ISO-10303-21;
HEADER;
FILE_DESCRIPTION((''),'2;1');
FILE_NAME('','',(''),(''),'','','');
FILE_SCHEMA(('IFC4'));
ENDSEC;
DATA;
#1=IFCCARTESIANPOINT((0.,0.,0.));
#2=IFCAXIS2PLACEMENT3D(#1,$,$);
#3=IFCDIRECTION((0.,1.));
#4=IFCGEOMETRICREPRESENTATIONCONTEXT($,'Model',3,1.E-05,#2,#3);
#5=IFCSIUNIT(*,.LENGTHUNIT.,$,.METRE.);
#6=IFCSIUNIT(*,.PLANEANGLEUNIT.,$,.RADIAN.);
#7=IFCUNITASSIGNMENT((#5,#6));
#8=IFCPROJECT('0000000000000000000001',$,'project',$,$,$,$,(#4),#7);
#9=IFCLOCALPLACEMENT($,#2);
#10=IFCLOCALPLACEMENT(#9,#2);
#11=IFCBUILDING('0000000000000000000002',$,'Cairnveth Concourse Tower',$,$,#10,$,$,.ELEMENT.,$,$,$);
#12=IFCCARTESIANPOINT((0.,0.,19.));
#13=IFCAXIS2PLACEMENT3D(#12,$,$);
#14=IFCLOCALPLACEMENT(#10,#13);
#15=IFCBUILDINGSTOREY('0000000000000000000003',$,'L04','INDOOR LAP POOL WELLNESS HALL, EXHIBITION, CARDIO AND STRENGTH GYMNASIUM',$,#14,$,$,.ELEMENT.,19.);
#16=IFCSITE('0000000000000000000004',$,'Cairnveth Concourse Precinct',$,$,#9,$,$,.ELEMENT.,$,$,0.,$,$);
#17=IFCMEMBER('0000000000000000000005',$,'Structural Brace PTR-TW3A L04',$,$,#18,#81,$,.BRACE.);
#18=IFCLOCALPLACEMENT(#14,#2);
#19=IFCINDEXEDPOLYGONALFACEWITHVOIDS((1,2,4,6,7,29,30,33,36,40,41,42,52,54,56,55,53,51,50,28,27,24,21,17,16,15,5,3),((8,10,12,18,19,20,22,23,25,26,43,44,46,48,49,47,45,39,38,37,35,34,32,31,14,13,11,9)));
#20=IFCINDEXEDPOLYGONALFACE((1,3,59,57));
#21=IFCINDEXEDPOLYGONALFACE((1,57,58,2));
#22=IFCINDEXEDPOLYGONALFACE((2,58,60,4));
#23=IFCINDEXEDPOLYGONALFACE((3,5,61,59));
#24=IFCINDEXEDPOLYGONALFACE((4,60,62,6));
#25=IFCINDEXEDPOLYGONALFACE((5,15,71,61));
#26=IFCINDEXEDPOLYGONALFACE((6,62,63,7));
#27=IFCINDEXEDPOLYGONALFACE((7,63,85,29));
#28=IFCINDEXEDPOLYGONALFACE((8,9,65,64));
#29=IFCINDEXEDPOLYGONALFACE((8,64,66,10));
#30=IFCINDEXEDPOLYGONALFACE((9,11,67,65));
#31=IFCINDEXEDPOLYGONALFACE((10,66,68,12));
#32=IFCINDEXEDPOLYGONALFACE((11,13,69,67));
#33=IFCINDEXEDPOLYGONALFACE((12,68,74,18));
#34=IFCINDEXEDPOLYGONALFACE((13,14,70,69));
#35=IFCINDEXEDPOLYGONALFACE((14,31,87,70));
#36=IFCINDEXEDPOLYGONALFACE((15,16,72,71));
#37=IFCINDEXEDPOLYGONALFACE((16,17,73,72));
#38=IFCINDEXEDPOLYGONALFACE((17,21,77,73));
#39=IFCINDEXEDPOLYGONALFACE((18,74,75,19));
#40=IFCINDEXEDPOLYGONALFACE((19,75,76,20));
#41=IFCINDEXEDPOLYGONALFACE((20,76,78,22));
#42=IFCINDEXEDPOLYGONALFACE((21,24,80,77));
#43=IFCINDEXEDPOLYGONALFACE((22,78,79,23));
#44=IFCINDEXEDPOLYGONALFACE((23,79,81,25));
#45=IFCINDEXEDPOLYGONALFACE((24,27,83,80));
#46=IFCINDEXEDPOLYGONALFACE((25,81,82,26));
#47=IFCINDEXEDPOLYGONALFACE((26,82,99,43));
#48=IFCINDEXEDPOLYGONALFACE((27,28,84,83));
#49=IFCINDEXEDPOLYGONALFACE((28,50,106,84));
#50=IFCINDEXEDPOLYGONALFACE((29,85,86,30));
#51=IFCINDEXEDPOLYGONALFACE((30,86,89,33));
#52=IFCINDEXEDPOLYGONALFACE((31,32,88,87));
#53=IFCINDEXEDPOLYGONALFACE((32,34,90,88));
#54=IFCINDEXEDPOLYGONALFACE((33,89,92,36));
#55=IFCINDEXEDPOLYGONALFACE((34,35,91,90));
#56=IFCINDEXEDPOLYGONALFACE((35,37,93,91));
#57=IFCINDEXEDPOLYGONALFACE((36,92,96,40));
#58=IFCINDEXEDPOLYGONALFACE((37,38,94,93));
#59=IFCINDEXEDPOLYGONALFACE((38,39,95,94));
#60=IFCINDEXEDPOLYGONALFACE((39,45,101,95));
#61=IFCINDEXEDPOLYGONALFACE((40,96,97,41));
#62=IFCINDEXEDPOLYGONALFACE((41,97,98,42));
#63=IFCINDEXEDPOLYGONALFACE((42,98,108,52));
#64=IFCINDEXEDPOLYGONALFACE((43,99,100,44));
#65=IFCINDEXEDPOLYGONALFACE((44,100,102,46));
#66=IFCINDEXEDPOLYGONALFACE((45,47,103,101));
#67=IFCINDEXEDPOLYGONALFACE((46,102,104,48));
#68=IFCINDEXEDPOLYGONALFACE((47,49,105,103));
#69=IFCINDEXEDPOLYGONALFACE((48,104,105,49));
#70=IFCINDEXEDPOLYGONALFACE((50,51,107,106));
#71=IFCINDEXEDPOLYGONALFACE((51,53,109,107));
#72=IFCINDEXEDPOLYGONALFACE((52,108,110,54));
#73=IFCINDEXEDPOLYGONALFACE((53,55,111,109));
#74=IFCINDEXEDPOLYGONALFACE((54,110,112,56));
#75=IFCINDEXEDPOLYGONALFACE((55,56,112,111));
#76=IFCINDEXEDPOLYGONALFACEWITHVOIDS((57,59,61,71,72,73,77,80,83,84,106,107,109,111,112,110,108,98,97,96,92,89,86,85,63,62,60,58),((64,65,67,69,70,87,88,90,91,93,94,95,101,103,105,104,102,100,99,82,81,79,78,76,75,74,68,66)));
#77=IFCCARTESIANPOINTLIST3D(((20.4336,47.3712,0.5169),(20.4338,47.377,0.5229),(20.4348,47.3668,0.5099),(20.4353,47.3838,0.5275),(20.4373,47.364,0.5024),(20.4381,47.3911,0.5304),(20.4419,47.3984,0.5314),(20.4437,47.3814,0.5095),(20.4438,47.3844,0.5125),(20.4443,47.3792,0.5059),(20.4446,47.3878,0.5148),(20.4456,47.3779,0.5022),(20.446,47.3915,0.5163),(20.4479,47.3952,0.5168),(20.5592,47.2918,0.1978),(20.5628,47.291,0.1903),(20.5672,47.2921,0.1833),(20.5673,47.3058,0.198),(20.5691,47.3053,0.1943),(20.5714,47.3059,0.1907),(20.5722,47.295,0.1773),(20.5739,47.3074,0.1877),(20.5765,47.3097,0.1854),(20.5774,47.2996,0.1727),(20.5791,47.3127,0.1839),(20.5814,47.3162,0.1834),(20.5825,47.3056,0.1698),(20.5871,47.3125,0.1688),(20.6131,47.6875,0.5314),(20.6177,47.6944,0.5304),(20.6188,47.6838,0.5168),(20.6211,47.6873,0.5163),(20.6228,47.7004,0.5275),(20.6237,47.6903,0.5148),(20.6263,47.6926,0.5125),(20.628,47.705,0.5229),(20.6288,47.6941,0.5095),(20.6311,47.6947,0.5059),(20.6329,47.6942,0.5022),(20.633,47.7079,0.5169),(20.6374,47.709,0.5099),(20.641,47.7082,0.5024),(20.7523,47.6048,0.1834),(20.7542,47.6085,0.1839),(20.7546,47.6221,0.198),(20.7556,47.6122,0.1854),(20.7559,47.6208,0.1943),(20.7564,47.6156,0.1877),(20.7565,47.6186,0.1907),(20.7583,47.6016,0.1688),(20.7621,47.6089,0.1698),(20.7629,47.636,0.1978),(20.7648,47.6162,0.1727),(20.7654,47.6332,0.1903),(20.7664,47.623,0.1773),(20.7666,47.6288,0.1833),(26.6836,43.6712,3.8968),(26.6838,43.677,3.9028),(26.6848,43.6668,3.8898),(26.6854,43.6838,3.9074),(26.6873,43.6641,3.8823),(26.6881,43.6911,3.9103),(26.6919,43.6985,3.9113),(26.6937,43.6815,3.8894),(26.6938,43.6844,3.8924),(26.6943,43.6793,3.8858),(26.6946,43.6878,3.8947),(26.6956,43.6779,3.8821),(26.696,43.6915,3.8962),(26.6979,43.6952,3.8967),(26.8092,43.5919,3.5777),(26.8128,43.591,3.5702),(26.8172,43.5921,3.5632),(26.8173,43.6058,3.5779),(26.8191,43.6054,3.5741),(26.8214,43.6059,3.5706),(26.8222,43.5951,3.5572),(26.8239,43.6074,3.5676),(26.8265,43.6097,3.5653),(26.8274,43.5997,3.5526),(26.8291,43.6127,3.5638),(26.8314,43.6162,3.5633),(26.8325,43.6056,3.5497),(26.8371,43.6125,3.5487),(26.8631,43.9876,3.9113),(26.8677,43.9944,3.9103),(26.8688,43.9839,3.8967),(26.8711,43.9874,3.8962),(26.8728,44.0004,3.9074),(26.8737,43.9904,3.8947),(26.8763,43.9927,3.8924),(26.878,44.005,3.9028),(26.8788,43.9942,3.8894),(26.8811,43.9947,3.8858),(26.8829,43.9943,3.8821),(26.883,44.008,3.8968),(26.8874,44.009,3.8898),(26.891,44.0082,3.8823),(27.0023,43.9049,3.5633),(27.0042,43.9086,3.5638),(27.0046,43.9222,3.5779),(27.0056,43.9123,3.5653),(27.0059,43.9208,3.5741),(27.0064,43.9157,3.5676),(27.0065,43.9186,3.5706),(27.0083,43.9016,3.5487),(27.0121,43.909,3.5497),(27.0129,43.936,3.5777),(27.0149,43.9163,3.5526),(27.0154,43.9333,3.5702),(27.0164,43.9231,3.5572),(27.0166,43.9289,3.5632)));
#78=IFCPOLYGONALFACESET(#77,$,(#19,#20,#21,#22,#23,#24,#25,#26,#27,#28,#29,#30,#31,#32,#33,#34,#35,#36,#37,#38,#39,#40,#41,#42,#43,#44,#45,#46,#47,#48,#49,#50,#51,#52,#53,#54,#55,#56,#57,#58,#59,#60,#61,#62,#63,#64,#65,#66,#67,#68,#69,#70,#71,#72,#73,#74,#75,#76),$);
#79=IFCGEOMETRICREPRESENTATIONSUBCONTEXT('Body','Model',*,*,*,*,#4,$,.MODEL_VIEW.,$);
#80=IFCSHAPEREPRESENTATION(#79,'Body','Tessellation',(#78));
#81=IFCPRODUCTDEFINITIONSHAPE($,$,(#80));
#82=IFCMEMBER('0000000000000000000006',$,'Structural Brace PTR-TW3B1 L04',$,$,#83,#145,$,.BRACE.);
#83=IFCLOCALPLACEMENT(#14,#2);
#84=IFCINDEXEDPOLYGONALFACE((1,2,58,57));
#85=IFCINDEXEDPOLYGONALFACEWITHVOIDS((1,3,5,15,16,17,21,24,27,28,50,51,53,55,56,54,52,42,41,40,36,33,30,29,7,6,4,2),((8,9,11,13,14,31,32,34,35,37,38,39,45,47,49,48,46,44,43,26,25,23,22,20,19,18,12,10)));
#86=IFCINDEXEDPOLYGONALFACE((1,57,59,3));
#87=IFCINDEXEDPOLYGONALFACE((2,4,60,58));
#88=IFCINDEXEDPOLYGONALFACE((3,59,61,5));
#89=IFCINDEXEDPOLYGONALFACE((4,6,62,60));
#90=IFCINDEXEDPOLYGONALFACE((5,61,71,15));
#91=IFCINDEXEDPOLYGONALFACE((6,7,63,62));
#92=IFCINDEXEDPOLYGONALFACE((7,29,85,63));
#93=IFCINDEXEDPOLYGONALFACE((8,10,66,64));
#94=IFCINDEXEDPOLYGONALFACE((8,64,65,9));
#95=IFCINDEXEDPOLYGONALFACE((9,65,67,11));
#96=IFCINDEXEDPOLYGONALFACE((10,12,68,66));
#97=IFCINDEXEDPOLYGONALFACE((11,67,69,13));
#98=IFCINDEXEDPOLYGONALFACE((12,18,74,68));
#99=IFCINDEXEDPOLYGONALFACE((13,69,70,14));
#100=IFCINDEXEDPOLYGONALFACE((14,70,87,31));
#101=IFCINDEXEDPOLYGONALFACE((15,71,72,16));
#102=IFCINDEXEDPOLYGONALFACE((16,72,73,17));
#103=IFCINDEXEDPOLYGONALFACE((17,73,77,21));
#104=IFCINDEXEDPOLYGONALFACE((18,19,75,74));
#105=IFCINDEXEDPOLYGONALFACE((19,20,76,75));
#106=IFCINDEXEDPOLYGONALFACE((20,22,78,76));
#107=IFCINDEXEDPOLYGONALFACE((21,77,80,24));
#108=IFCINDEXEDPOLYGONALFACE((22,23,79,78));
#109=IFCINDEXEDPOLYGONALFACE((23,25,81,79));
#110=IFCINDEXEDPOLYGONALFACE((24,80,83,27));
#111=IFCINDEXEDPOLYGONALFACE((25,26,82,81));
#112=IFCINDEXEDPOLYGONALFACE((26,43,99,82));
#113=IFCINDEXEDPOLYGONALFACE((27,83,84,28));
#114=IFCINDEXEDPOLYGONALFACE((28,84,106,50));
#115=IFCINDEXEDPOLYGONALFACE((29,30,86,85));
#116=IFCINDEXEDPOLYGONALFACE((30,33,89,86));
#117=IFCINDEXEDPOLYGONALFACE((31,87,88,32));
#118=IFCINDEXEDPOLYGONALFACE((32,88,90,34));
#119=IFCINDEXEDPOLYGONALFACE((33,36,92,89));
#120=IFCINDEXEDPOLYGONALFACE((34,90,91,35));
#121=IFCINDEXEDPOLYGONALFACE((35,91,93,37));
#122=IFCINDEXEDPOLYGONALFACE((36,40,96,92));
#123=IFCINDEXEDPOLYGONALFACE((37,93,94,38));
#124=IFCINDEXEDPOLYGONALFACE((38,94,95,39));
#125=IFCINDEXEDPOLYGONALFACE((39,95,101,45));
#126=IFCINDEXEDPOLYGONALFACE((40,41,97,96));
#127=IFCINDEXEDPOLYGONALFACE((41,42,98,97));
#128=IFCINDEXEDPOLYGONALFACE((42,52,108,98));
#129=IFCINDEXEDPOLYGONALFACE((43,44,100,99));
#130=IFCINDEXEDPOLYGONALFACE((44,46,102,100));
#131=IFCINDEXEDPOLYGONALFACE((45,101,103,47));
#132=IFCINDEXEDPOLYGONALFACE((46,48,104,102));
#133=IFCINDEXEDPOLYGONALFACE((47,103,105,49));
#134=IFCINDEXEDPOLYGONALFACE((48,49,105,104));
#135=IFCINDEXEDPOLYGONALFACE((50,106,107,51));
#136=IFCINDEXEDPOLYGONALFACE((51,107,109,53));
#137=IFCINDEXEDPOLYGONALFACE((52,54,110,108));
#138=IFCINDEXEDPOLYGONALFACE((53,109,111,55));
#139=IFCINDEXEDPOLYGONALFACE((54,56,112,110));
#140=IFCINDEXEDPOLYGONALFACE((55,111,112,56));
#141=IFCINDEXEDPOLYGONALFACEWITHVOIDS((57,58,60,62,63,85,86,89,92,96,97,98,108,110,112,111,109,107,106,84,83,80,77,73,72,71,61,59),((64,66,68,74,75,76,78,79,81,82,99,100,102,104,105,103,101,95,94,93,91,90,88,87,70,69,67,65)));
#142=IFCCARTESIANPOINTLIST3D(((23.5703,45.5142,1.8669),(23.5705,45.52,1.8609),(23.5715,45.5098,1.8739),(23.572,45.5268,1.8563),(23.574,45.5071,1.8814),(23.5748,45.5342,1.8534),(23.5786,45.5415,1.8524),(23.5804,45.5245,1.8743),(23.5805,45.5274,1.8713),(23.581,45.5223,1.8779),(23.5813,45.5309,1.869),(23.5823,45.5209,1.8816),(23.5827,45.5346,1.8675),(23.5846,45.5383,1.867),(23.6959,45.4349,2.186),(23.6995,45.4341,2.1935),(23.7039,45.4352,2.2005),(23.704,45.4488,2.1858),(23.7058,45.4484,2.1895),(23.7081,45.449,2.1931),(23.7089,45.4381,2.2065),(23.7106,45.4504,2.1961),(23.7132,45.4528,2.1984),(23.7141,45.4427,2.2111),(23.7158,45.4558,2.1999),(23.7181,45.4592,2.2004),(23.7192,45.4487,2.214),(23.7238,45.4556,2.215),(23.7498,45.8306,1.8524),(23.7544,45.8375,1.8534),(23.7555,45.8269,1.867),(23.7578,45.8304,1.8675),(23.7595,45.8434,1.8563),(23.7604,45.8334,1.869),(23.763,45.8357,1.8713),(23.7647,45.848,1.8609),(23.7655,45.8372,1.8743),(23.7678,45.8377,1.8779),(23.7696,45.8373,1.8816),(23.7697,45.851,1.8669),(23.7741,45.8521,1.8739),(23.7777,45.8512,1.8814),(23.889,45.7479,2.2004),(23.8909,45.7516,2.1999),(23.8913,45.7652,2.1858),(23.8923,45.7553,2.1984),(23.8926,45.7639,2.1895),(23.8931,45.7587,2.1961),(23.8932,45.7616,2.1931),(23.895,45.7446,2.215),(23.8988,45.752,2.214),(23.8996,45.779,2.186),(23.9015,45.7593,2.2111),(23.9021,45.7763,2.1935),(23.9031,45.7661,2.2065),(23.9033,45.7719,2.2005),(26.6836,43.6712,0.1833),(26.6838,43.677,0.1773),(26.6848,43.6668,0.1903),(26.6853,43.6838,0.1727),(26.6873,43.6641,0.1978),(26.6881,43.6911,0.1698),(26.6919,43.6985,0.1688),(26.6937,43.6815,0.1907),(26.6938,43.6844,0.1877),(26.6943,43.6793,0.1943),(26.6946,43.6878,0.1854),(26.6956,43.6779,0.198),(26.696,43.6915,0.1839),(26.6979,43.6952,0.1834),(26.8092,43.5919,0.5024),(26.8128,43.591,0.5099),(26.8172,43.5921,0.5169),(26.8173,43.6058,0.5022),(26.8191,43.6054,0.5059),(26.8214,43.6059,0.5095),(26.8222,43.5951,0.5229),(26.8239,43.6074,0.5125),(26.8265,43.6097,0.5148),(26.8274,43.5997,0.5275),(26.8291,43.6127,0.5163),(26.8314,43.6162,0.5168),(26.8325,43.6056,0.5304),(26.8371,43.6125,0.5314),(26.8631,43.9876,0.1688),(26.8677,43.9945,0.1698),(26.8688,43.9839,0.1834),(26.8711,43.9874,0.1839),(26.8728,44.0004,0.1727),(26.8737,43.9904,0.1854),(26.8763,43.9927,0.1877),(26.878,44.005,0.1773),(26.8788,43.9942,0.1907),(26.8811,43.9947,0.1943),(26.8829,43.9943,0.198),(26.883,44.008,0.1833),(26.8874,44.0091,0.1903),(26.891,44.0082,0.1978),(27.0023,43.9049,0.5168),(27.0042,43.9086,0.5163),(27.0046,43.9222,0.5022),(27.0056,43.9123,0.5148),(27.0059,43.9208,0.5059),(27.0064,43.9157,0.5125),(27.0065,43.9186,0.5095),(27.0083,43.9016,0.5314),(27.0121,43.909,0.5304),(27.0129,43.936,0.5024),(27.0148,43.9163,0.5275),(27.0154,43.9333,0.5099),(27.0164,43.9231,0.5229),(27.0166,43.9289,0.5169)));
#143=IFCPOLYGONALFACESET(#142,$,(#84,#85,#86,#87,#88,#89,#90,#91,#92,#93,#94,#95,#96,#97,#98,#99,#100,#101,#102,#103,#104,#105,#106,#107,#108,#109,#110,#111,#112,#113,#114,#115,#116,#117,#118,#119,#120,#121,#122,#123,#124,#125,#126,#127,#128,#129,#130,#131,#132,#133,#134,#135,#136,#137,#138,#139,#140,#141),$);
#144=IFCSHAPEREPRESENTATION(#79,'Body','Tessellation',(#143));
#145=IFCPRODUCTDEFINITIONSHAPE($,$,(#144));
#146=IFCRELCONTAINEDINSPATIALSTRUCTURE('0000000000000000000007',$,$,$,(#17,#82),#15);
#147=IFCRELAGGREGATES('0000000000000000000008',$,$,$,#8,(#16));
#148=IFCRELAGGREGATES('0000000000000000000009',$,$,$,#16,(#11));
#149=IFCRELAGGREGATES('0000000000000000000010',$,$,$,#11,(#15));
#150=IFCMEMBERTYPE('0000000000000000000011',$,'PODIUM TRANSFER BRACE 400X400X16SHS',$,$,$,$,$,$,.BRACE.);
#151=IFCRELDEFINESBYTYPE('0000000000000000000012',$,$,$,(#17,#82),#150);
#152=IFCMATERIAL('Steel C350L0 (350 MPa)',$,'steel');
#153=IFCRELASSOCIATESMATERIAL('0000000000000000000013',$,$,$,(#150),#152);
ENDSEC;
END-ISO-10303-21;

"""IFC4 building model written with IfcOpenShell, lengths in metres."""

from ifc_helpers import new_model, si_unit, direction, frame, origin, origin_2d, place, context, subcontext, project, spatial, hollow_rectangle, extrude, material, material_profile, profile_set, type_object, element, save


model = new_model("IFC4")

# Units and contexts
model_context = context("Model", 3, precision=1e-05, world=origin(), true_north=direction((0.0, 1.0)))
body_context = subcontext(model_context, "Body", "Model", "MODEL_VIEW")
ifc_project = project(units=[si_unit("LENGTHUNIT", "METRE"), si_unit("PLANEANGLEUNIT", "RADIAN")], contexts=[model_context])

# Site, building, storey
site_placement = place(None, origin())
site = spatial("IfcSite", under=ifc_project, at=site_placement, Name="Cairnveth Concourse Precinct", CompositionType="ELEMENT", RefElevation=0.0)
building_placement = place(site_placement, origin())
building = spatial("IfcBuilding", under=site, at=building_placement, Name="Cairnveth Concourse Tower", CompositionType="ELEMENT")
storey_placement = place(building_placement, frame((0.0, 0.0, 19.0)))
storey = spatial("IfcBuildingStorey", under=building, at=storey_placement, Name="L04", Description="INDOOR LAP POOL WELLNESS HALL, EXHIBITION, CARDIO AND STRENGTH GYMNASIUM", CompositionType="ELEMENT", Elevation=19.0)

# Members
ifc_material_1 = material(Name="Steel C350L0 (350 MPa)", Category="steel")
ifc_material_profile_1 = material_profile(ifc_material_1, hollow_rectangle(XDim=0.3999, YDim=0.3999, WallThickness=0.0161, InnerFilletRadius=0.0161, OuterFilletRadius=0.032, at=origin_2d()), Name="400x400x16.0SHS")
ifc_profile_set_1 = profile_set([ifc_material_profile_1], Name="Steel C350L0 (350 MPa)")
member_type = type_object("IfcMemberType", Name="PODIUM TRANSFER BRACE 400X400X16SHS", PredefinedType="BRACE", material=ifc_profile_set_1)
member_placement = place(storey_placement, frame((20.6001, 47.5, 0.3501), z_axis=(0.78018, -0.46186, 0.421906), x_axis=(0.50942, 0.860518, 0.0)))
element("IfcMember", 1, at=member_placement, inside=storey, type_object=member_type, Name="Structural Brace PTR-TW3A L04", PredefinedType="BRACE", context=body_context, shape_type="SweptSolid", body=[
    extrude(hollow_rectangle(XDim=0.3999, YDim=0.3999, WallThickness=0.0161, InnerFilletRadius=0.0161, OuterFilletRadius=0.032, at=origin_2d()), origin(), (0.0, 0.0, 1.0), 8.011),
])
for number, where, z_axis, x_axis, name in (
    (2, (26.8501, 43.8, 0.3501), (-0.780182, 0.461857, 0.421905), (-0.509416, -0.860521, 0.0), "Structural Brace PTR-TW3B1 L04"),
):
    element("IfcMember", number, at=place(storey_placement, frame(where, z_axis=z_axis, x_axis=x_axis)), inside=storey, type_object=member_type, Name=name, PredefinedType="BRACE", context=body_context, shape_type="SweptSolid", body=[
        extrude(hollow_rectangle(XDim=0.3999, YDim=0.3999, WallThickness=0.0161, InnerFilletRadius=0.0161, OuterFilletRadius=0.032, at=origin_2d()), origin(), (0.0, 0.0, 1.0), 3.9905),
    ])

save(model, "model.ifc")
